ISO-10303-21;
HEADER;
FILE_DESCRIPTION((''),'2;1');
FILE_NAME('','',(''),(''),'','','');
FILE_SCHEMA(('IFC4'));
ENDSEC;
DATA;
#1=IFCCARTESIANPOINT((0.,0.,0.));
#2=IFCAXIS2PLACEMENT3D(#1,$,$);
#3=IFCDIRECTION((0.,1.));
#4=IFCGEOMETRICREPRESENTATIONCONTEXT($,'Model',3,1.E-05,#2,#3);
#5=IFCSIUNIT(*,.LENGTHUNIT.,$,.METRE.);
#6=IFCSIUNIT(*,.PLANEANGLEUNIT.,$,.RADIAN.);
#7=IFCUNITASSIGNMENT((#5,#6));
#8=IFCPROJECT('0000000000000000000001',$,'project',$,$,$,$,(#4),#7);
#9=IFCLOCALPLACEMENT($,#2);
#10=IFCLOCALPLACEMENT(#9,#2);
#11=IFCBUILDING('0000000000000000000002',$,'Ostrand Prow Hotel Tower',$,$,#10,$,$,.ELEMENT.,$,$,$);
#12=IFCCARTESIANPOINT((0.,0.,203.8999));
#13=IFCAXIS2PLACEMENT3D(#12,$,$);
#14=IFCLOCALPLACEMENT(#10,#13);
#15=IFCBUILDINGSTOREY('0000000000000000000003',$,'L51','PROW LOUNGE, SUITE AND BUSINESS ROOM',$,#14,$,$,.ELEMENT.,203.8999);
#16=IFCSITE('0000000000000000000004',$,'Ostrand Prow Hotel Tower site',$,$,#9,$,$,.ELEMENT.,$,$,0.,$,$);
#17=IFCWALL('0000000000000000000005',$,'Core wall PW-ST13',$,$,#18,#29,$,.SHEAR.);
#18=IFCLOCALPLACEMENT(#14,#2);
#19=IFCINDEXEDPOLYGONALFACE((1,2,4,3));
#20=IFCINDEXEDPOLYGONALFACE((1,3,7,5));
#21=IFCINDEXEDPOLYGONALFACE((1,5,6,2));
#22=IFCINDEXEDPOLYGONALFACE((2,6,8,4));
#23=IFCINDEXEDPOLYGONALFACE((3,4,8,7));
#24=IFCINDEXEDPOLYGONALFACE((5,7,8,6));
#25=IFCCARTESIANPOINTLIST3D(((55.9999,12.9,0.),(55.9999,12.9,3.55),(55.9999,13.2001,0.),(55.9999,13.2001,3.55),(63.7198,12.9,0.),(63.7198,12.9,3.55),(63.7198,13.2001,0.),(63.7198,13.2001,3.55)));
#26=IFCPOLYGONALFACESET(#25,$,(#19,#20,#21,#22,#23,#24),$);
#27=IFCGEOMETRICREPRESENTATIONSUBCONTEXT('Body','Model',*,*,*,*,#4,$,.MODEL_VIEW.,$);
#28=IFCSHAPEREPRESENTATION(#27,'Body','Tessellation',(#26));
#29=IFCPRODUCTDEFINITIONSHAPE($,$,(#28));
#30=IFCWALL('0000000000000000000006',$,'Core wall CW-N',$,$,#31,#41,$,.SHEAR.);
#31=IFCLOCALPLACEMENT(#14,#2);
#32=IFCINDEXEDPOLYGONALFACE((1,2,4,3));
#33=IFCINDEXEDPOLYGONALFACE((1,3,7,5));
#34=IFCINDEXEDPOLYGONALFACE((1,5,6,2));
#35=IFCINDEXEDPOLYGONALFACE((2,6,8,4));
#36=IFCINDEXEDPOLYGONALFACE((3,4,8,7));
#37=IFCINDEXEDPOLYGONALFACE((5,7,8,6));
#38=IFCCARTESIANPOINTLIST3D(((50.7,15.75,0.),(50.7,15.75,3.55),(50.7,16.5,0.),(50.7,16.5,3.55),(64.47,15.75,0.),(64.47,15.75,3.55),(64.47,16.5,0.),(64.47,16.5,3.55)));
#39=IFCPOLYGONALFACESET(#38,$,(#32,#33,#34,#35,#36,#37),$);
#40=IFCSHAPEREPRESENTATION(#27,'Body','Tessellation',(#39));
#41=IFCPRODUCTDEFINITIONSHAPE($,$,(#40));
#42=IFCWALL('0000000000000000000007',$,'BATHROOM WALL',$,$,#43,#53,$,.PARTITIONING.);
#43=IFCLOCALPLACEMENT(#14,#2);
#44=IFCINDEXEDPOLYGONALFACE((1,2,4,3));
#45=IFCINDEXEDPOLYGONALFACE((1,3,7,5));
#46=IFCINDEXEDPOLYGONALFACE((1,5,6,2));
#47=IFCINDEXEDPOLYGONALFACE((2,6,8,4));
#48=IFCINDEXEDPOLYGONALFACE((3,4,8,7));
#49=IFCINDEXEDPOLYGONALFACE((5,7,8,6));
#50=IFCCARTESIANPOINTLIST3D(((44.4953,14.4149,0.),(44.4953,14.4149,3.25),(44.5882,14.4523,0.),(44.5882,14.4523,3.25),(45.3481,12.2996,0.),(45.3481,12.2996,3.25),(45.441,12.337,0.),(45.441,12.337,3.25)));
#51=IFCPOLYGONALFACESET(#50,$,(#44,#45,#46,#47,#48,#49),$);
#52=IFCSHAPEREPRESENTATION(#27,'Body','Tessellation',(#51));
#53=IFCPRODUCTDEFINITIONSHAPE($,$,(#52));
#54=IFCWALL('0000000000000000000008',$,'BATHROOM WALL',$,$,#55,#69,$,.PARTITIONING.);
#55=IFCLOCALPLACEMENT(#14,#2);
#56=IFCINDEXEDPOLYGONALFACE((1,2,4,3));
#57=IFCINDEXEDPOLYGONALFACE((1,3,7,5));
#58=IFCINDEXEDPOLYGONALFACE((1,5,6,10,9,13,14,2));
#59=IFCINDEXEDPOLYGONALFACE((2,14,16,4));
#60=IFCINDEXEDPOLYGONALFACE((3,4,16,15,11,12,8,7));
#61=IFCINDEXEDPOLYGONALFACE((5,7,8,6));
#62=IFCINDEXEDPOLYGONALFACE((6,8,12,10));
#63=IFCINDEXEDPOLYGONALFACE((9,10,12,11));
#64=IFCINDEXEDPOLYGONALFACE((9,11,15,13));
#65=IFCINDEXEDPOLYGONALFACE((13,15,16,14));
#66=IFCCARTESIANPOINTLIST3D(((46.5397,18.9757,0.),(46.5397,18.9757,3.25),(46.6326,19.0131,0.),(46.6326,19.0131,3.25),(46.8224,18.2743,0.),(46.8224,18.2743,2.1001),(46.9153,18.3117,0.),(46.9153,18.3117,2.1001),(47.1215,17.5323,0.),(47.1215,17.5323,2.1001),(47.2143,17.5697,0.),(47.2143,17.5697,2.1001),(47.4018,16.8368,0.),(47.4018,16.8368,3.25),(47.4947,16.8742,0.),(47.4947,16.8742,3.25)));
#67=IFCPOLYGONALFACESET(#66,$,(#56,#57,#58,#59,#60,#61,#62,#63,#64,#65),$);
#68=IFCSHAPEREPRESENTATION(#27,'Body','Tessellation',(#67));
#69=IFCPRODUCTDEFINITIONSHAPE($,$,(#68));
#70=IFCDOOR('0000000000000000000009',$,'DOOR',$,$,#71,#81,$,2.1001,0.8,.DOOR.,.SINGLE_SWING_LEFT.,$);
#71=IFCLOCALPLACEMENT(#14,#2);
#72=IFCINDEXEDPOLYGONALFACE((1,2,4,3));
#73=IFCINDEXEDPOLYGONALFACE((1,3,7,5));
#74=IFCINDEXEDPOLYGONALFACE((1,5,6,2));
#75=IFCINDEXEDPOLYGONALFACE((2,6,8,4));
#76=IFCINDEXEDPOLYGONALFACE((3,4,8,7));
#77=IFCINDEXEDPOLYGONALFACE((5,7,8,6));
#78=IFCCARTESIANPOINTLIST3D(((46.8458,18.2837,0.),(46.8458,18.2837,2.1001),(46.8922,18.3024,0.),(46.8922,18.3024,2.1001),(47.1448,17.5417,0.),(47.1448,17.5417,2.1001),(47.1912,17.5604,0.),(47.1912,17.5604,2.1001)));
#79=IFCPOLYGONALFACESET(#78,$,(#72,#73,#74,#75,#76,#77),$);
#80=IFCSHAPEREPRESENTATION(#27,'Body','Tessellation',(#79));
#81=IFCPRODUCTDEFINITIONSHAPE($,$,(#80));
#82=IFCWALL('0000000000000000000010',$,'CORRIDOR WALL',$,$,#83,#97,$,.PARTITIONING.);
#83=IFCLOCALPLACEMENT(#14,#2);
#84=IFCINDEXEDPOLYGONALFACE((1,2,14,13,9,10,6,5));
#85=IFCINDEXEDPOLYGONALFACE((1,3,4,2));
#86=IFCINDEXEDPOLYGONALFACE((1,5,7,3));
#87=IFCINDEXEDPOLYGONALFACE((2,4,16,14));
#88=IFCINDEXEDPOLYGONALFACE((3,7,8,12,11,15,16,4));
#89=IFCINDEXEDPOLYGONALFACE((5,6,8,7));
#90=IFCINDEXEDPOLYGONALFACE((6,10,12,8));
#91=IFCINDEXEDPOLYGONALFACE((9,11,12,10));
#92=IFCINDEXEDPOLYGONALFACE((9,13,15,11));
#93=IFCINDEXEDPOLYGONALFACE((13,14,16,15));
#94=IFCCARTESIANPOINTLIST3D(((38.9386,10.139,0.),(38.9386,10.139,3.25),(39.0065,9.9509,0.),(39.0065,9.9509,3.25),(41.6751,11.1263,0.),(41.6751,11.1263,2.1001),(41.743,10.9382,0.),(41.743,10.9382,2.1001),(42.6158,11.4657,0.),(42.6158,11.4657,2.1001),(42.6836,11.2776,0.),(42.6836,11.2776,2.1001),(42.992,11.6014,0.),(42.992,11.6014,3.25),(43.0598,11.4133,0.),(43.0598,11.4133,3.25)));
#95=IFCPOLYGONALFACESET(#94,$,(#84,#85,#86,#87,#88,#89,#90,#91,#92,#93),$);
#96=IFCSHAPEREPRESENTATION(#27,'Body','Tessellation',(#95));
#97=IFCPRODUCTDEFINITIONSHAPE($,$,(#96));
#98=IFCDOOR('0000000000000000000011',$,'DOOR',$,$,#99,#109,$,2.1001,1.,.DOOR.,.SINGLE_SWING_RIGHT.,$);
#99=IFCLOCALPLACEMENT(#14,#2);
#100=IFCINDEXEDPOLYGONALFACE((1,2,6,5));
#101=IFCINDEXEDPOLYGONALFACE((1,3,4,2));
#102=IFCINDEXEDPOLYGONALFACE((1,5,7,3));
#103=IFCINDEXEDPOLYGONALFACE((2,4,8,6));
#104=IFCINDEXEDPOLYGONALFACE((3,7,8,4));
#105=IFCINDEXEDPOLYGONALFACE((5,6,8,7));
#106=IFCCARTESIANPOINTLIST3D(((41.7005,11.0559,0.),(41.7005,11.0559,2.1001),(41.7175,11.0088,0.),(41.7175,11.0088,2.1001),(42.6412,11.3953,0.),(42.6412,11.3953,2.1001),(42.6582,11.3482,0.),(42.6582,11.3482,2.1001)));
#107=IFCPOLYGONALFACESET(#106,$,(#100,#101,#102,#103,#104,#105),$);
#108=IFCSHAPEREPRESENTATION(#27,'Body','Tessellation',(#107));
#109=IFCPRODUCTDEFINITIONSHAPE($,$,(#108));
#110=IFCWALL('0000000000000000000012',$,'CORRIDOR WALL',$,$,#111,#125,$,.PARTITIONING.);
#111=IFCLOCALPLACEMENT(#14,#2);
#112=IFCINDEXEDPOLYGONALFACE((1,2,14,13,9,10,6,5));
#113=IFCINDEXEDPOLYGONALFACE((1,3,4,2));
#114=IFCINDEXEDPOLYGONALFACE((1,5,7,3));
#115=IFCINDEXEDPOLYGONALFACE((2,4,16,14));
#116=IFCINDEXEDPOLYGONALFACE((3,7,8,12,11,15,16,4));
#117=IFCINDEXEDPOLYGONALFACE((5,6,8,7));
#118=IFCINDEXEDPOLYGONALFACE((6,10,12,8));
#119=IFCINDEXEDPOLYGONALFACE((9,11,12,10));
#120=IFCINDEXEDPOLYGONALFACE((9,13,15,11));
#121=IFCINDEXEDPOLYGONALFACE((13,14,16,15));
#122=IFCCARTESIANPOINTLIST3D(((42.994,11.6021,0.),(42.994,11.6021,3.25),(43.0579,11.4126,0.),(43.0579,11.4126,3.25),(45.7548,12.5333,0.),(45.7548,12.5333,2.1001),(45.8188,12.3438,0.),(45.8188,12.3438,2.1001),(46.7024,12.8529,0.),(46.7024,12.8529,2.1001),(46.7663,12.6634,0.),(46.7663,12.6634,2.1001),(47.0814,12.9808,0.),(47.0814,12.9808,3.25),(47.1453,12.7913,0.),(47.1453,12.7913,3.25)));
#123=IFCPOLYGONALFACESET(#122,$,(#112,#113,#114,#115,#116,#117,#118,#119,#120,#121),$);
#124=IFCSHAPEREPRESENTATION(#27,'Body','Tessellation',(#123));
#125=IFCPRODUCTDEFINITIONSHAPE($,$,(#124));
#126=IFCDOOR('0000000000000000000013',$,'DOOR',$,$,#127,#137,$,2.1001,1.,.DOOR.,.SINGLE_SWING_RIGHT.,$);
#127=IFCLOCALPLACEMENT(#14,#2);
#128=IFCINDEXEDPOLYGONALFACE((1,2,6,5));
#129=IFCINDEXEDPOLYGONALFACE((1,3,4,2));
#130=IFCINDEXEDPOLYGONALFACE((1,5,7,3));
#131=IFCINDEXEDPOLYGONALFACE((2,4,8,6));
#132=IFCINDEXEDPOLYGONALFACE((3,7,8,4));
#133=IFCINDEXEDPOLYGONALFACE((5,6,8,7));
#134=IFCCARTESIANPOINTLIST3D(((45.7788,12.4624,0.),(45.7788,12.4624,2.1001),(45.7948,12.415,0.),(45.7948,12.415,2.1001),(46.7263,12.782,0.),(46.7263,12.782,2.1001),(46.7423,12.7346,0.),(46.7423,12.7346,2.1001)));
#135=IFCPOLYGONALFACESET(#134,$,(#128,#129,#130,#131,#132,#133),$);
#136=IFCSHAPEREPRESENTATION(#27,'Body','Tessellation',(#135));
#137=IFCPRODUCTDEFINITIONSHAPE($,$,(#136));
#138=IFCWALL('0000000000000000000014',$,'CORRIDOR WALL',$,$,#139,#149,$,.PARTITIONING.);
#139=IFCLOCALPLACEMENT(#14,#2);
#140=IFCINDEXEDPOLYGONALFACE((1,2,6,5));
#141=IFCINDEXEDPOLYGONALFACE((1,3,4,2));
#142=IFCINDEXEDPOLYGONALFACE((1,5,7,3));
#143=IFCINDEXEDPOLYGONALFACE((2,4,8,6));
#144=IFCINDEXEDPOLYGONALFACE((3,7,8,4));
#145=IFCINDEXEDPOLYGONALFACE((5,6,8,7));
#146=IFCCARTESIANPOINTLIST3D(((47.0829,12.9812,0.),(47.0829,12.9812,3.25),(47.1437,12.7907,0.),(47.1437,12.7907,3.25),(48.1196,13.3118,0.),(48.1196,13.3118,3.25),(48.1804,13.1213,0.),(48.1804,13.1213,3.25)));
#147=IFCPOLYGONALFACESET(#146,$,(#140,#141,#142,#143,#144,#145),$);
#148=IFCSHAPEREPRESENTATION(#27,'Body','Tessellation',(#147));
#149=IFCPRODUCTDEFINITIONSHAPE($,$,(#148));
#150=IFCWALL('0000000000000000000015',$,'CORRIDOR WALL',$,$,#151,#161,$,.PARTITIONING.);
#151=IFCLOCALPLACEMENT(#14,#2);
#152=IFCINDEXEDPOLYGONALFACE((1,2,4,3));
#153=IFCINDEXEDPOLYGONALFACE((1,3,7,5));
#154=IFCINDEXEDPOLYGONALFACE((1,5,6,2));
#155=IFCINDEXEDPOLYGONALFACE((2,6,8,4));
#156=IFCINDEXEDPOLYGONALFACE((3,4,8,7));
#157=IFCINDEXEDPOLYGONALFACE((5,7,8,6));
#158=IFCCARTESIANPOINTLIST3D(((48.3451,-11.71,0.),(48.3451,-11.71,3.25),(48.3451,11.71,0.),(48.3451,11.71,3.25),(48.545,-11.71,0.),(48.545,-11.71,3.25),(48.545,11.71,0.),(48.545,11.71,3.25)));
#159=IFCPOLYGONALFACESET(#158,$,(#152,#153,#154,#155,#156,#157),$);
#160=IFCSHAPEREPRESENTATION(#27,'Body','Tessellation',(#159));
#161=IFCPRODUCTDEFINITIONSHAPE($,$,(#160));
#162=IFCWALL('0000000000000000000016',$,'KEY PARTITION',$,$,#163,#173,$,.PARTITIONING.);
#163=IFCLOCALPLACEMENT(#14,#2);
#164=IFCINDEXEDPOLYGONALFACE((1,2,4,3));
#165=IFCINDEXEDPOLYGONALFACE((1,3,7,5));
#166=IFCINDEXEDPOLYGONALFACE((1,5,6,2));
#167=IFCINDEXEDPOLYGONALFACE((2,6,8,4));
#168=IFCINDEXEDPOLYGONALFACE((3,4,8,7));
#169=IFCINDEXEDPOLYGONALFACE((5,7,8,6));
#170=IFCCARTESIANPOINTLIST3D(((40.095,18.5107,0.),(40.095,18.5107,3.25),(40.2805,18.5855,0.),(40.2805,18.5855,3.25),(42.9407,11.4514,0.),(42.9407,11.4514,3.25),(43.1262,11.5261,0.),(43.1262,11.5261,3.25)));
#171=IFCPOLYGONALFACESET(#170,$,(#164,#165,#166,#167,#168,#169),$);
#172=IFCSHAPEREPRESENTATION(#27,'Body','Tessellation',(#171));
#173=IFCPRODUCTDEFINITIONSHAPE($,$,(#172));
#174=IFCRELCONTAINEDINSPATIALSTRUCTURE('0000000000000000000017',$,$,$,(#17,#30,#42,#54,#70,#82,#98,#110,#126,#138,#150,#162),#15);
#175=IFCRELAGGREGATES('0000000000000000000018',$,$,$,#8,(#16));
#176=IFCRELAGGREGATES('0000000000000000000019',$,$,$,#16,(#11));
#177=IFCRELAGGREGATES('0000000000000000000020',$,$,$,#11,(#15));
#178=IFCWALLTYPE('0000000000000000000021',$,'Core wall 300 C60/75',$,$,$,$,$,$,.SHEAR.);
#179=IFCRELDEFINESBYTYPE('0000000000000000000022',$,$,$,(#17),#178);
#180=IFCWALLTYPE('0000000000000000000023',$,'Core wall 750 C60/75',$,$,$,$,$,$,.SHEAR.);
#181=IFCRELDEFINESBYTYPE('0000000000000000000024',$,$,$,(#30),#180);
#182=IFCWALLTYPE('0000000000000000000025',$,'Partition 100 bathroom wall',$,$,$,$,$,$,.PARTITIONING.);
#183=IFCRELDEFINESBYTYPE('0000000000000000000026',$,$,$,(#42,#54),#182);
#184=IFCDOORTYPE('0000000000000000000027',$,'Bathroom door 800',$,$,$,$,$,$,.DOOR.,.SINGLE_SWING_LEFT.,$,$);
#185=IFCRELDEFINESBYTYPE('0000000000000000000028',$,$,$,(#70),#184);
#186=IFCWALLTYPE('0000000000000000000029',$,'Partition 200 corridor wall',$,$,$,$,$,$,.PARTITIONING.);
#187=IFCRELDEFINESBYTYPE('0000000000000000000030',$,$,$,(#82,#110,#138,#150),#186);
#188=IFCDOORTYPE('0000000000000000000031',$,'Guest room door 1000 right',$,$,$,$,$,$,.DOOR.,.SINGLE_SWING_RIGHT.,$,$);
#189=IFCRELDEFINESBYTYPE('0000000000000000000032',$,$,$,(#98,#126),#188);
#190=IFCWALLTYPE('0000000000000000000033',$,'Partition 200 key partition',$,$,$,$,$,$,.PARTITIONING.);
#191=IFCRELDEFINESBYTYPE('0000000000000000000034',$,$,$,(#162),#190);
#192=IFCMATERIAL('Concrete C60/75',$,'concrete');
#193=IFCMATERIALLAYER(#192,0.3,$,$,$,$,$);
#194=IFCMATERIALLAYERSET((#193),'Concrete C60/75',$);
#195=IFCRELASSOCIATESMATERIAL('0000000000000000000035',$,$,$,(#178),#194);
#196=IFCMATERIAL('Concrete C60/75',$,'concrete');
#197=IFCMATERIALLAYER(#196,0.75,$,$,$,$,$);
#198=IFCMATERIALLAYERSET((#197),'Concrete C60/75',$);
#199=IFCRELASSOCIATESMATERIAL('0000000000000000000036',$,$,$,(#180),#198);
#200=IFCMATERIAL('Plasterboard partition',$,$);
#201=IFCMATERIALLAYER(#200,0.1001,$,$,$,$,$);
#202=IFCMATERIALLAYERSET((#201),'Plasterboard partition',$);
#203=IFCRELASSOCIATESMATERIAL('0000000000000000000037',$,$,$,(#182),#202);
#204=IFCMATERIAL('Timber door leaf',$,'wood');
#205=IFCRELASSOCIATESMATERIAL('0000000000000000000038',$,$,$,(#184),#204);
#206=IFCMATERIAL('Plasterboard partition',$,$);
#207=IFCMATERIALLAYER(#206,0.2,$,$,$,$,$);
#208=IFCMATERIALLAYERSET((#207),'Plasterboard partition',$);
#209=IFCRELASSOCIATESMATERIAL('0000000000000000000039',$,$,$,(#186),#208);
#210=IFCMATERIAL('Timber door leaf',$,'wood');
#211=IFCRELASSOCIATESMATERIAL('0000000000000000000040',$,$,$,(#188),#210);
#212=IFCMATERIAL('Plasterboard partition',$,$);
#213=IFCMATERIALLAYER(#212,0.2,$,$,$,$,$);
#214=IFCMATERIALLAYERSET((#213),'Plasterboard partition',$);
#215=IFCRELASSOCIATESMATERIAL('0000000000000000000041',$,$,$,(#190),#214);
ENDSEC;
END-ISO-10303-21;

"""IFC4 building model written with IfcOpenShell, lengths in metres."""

from ifc_helpers import new_model, si_unit, direction, frame, frame_2d, origin, place, context, subcontext, project, spatial, rectangle, extrude, material, layer, layer_set, type_object, element, fill, save


model = new_model("IFC4")

# Units and contexts
model_context = context("Model", 3, precision=1e-05, world=origin(), true_north=direction((0.0, 1.0)))
body_context = subcontext(model_context, "Body", "Model", "MODEL_VIEW")
ifc_project = project(units=[si_unit("LENGTHUNIT", "METRE"), si_unit("PLANEANGLEUNIT", "RADIAN")], contexts=[model_context])

# Site, building, storey
site_placement = place(None, origin())
site = spatial("IfcSite", under=ifc_project, at=site_placement, Name="Ostrand Prow Hotel Tower site", CompositionType="ELEMENT", RefElevation=0.0)
building_placement = place(site_placement, origin())
building = spatial("IfcBuilding", under=site, at=building_placement, Name="Ostrand Prow Hotel Tower", CompositionType="ELEMENT")
storey_placement = place(building_placement, frame((0.0, 0.0, 203.8999)))
storey = spatial("IfcBuildingStorey", under=building, at=storey_placement, Name="L51", Description="PROW LOUNGE, SUITE AND BUSINESS ROOM", CompositionType="ELEMENT", Elevation=203.8999)

# Walls
ifc_material_1 = material(Name="Concrete C60/75", Category="concrete")
ifc_layer_1 = layer(ifc_material_1, 0.3)
ifc_layer_set_1 = layer_set([ifc_layer_1], Name="Concrete C60/75")
wall_type_1 = type_object("IfcWallType", Name="Core wall 300 C60/75", PredefinedType="SHEAR", material=ifc_layer_set_1)
wall_1_placement = place(storey_placement, frame((56.0, 13.05, 0.0), z_axis=(0.0, 0.0, 1.0), x_axis=(1.0, 0.0, 0.0)))
element("IfcWall", 1, at=wall_1_placement, inside=storey, type_object=wall_type_1, Name="Core wall PW-ST13", PredefinedType="SHEAR", context=body_context, shape_type="SweptSolid", body=[
    extrude(rectangle(XDim=7.72, YDim=0.3, at=frame_2d((3.8599, 0.0))), origin(), (0.0, 0.0, 1.0), 3.55),
])
ifc_material_2 = material(Name="Concrete C60/75", Category="concrete")
ifc_layer_2 = layer(ifc_material_2, 0.75)
ifc_layer_set_2 = layer_set([ifc_layer_2], Name="Concrete C60/75")
wall_type_2 = type_object("IfcWallType", Name="Core wall 750 C60/75", PredefinedType="SHEAR", material=ifc_layer_set_2)
wall_2_placement = place(storey_placement, frame((50.7, 16.125, 0.0), z_axis=(0.0, 0.0, 1.0), x_axis=(1.0, 0.0, 0.0)))
element("IfcWall", 2, at=wall_2_placement, inside=storey, type_object=wall_type_2, Name="Core wall CW-N", PredefinedType="SHEAR", context=body_context, shape_type="SweptSolid", body=[
    extrude(rectangle(XDim=13.77, YDim=0.75, at=frame_2d((6.885, 0.0))), origin(), (0.0, 0.0, 1.0), 3.55),
])
ifc_material_3 = material(Name="Plasterboard partition")
ifc_layer_3 = layer(ifc_material_3, 0.1001)
ifc_layer_set_3 = layer_set([ifc_layer_3], Name="Plasterboard partition")
wall_type_3 = type_object("IfcWallType", Name="Partition 100 bathroom wall", PredefinedType="PARTITIONING", material=ifc_layer_set_3)
wall_3_placement = place(storey_placement, frame((44.5417, 14.4336, 0.0), z_axis=(0.0, 0.0, 1.0), x_axis=(0.373918, -0.927462, 0.0)))
element("IfcWall", 3, at=wall_3_placement, inside=storey, type_object=wall_type_3, Name="BATHROOM WALL", PredefinedType="PARTITIONING", context=body_context, shape_type="SweptSolid", body=[
    extrude(rectangle(XDim=2.2808, YDim=0.1001, at=frame_2d((1.1404, 0.0))), origin(), (0.0, 0.0, 1.0), 3.25),
])

# Walls, openings, doors
wall_4_placement = place(storey_placement, frame((47.4482, 16.8555, 0.0), z_axis=(0.0, 0.0, 1.0), x_axis=(-0.373817, 0.927502, 0.0)))
wall_4 = element("IfcWall", 4, at=wall_4_placement, inside=storey, type_object=wall_type_3, Name="BATHROOM WALL", PredefinedType="PARTITIONING", context=body_context, shape_type="SweptSolid", body=[
    extrude(rectangle(XDim=2.3062, YDim=0.1001, at=frame_2d((1.1531, 0.0))), origin(), (0.0, 0.0, 1.0), 3.25),
])
opening_1_placement = place(wall_4_placement, frame((0.75, 0.0, 0.0)))
opening_1 = element("IfcOpeningElement", 5, at=opening_1_placement, cuts=wall_4, PredefinedType="OPENING", context=body_context, shape_type="SweptSolid", body=[
    extrude(rectangle(XDim=0.8, YDim=2.1001, at=frame_2d((0.3999, 1.05))), frame((0.0, 0.0601, 0.0), z_axis=(0.0, -1.0, 0.0), x_axis=(1.0, 0.0, 0.0)), (0.0, 0.0, 1.0), 0.1201),
])
ifc_material_4 = material(Name="Timber door leaf", Category="wood")
door_type_1 = type_object("IfcDoorType", Name="Bathroom door 800", OperationType="SINGLE_SWING_LEFT", PredefinedType="DOOR", material=ifc_material_4)
door_1_placement = place(opening_1_placement, origin())
door_1 = element("IfcDoor", 6, at=door_1_placement, inside=storey, type_object=door_type_1, Name="DOOR", OperationType="SINGLE_SWING_LEFT", OverallHeight=2.1001, OverallWidth=0.8, PredefinedType="DOOR", context=body_context, shape_type="SweptSolid", body=[
    extrude(rectangle(XDim=0.8, YDim=2.1001, at=frame_2d((0.3999, 1.05))), frame((0.0, 0.0249, 0.0), z_axis=(0.0, -1.0, 0.0), x_axis=(1.0, 0.0, 0.0)), (0.0, 0.0, 1.0), 0.05),
])
fill(opening_1, door_1)
ifc_material_5 = material(Name="Plasterboard partition")
ifc_layer_4 = layer(ifc_material_5, 0.2)
ifc_layer_set_4 = layer_set([ifc_layer_4], Name="Plasterboard partition")
wall_type_4 = type_object("IfcWallType", Name="Partition 200 corridor wall", PredefinedType="PARTITIONING", material=ifc_layer_set_4)
wall_5_placement = place(storey_placement, frame((43.0259, 11.5073, 0.0), z_axis=(0.0, 0.0, 1.0), x_axis=(-0.940654, -0.339367, 0.0)))
wall_5 = element("IfcWall", 7, at=wall_5_placement, inside=storey, type_object=wall_type_4, Name="CORRIDOR WALL", PredefinedType="PARTITIONING", context=body_context, shape_type="SweptSolid", body=[
    extrude(rectangle(XDim=4.3091, YDim=0.2, at=frame_2d((2.1545, 0.0))), origin(), (0.0, 0.0, 1.0), 3.25),
])
opening_2_placement = place(wall_5_placement, frame((0.3999, 0.0, 0.0)))
opening_2 = element("IfcOpeningElement", 8, at=opening_2_placement, cuts=wall_5, PredefinedType="OPENING", context=body_context, shape_type="SweptSolid", body=[
    extrude(rectangle(XDim=1.0, YDim=2.1001, at=frame_2d((0.5, 1.05))), frame((0.0, 0.1099, 0.0), z_axis=(0.0, -1.0, 0.0), x_axis=(1.0, 0.0, 0.0)), (0.0, 0.0, 1.0), 0.22),
])
ifc_material_6 = material(Name="Timber door leaf", Category="wood")
door_type_2 = type_object("IfcDoorType", Name="Guest room door 1000 right", OperationType="SINGLE_SWING_RIGHT", PredefinedType="DOOR", material=ifc_material_6)
door_2_placement = place(opening_2_placement, origin())
door_2 = element("IfcDoor", 9, at=door_2_placement, inside=storey, type_object=door_type_2, Name="DOOR", OperationType="SINGLE_SWING_RIGHT", OverallHeight=2.1001, OverallWidth=1.0, PredefinedType="DOOR", context=body_context, shape_type="SweptSolid", body=[
    extrude(rectangle(XDim=1.0, YDim=2.1001, at=frame_2d((0.5, 1.05))), frame((0.0, 0.0249, 0.0), z_axis=(0.0, -1.0, 0.0), x_axis=(1.0, 0.0, 0.0)), (0.0, 0.0, 1.0), 0.05),
])
fill(opening_2, door_2)
wall_6_placement = place(storey_placement, frame((47.1133, 12.886, 0.0), z_axis=(0.0, 0.0, 1.0), x_axis=(-0.947551, -0.319605, 0.0)))
wall_6 = element("IfcWall", 10, at=wall_6_placement, inside=storey, type_object=wall_type_4, Name="CORRIDOR WALL", PredefinedType="PARTITIONING", context=body_context, shape_type="SweptSolid", body=[
    extrude(rectangle(XDim=4.3137, YDim=0.2, at=frame_2d((2.1567, 0.0))), origin(), (0.0, 0.0, 1.0), 3.25),
])
opening_3_placement = place(wall_6_placement, frame((0.3999, 0.0, 0.0)))
opening_3 = element("IfcOpeningElement", 11, at=opening_3_placement, cuts=wall_6, PredefinedType="OPENING", context=body_context, shape_type="SweptSolid", body=[
    extrude(rectangle(XDim=1.0, YDim=2.1001, at=frame_2d((0.5, 1.05))), frame((0.0, 0.1099, 0.0), z_axis=(0.0, -1.0, 0.0), x_axis=(1.0, 0.0, 0.0)), (0.0, 0.0, 1.0), 0.22),
])
door_3_placement = place(opening_3_placement, origin())
door_3 = element("IfcDoor", 12, at=door_3_placement, inside=storey, type_object=door_type_2, Name="DOOR", OperationType="SINGLE_SWING_RIGHT", OverallHeight=2.1001, OverallWidth=1.0, PredefinedType="DOOR", context=body_context, shape_type="SweptSolid", body=[
    extrude(rectangle(XDim=1.0, YDim=2.1001, at=frame_2d((0.5, 1.05))), frame((0.0, 0.0249, 0.0), z_axis=(0.0, -1.0, 0.0), x_axis=(1.0, 0.0, 0.0)), (0.0, 0.0, 1.0), 0.05),
])
fill(opening_3, door_3)

# Walls
wall_7_placement = place(storey_placement, frame((48.1499, 13.2166, 0.0), z_axis=(0.0, 0.0, 1.0), x_axis=(-0.952731, -0.303815, 0.0)))
element("IfcWall", 13, at=wall_7_placement, inside=storey, type_object=wall_type_4, Name="CORRIDOR WALL", PredefinedType="PARTITIONING", context=body_context, shape_type="SweptSolid", body=[
    extrude(rectangle(XDim=1.0881, YDim=0.2, at=frame_2d((0.5439, 0.0))), origin(), (0.0, 0.0, 1.0), 3.25),
])
wall_8_placement = place(storey_placement, frame((48.4451, 11.71, 0.0), z_axis=(0.0, 0.0, 1.0), x_axis=(0.0, -1.0, 0.0)))
element("IfcWall", 14, at=wall_8_placement, inside=storey, type_object=wall_type_4, Name="CORRIDOR WALL", PredefinedType="PARTITIONING", context=body_context, shape_type="SweptSolid", body=[
    extrude(rectangle(XDim=23.4199, YDim=0.2, at=frame_2d((11.71, 0.0))), origin(), (0.0, 0.0, 1.0), 3.25),
])
ifc_material_7 = material(Name="Plasterboard partition")
ifc_layer_5 = layer(ifc_material_7, 0.2)
ifc_layer_set_5 = layer_set([ifc_layer_5], Name="Plasterboard partition")
wall_type_5 = type_object("IfcWallType", Name="Partition 200 key partition", PredefinedType="PARTITIONING", material=ifc_layer_set_5)
wall_9_placement = place(storey_placement, frame((43.0334, 11.4888, 0.0), z_axis=(0.0, 0.0, 1.0), x_axis=(-0.373878, 0.927478, 0.0)))
element("IfcWall", 15, at=wall_9_placement, inside=storey, type_object=wall_type_5, Name="KEY PARTITION", PredefinedType="PARTITIONING", context=body_context, shape_type="SweptSolid", body=[
    extrude(rectangle(XDim=7.6113, YDim=0.2, at=frame_2d((3.8057, 0.0))), origin(), (0.0, 0.0, 1.0), 3.25),
])

save(model, "model.ifc")
